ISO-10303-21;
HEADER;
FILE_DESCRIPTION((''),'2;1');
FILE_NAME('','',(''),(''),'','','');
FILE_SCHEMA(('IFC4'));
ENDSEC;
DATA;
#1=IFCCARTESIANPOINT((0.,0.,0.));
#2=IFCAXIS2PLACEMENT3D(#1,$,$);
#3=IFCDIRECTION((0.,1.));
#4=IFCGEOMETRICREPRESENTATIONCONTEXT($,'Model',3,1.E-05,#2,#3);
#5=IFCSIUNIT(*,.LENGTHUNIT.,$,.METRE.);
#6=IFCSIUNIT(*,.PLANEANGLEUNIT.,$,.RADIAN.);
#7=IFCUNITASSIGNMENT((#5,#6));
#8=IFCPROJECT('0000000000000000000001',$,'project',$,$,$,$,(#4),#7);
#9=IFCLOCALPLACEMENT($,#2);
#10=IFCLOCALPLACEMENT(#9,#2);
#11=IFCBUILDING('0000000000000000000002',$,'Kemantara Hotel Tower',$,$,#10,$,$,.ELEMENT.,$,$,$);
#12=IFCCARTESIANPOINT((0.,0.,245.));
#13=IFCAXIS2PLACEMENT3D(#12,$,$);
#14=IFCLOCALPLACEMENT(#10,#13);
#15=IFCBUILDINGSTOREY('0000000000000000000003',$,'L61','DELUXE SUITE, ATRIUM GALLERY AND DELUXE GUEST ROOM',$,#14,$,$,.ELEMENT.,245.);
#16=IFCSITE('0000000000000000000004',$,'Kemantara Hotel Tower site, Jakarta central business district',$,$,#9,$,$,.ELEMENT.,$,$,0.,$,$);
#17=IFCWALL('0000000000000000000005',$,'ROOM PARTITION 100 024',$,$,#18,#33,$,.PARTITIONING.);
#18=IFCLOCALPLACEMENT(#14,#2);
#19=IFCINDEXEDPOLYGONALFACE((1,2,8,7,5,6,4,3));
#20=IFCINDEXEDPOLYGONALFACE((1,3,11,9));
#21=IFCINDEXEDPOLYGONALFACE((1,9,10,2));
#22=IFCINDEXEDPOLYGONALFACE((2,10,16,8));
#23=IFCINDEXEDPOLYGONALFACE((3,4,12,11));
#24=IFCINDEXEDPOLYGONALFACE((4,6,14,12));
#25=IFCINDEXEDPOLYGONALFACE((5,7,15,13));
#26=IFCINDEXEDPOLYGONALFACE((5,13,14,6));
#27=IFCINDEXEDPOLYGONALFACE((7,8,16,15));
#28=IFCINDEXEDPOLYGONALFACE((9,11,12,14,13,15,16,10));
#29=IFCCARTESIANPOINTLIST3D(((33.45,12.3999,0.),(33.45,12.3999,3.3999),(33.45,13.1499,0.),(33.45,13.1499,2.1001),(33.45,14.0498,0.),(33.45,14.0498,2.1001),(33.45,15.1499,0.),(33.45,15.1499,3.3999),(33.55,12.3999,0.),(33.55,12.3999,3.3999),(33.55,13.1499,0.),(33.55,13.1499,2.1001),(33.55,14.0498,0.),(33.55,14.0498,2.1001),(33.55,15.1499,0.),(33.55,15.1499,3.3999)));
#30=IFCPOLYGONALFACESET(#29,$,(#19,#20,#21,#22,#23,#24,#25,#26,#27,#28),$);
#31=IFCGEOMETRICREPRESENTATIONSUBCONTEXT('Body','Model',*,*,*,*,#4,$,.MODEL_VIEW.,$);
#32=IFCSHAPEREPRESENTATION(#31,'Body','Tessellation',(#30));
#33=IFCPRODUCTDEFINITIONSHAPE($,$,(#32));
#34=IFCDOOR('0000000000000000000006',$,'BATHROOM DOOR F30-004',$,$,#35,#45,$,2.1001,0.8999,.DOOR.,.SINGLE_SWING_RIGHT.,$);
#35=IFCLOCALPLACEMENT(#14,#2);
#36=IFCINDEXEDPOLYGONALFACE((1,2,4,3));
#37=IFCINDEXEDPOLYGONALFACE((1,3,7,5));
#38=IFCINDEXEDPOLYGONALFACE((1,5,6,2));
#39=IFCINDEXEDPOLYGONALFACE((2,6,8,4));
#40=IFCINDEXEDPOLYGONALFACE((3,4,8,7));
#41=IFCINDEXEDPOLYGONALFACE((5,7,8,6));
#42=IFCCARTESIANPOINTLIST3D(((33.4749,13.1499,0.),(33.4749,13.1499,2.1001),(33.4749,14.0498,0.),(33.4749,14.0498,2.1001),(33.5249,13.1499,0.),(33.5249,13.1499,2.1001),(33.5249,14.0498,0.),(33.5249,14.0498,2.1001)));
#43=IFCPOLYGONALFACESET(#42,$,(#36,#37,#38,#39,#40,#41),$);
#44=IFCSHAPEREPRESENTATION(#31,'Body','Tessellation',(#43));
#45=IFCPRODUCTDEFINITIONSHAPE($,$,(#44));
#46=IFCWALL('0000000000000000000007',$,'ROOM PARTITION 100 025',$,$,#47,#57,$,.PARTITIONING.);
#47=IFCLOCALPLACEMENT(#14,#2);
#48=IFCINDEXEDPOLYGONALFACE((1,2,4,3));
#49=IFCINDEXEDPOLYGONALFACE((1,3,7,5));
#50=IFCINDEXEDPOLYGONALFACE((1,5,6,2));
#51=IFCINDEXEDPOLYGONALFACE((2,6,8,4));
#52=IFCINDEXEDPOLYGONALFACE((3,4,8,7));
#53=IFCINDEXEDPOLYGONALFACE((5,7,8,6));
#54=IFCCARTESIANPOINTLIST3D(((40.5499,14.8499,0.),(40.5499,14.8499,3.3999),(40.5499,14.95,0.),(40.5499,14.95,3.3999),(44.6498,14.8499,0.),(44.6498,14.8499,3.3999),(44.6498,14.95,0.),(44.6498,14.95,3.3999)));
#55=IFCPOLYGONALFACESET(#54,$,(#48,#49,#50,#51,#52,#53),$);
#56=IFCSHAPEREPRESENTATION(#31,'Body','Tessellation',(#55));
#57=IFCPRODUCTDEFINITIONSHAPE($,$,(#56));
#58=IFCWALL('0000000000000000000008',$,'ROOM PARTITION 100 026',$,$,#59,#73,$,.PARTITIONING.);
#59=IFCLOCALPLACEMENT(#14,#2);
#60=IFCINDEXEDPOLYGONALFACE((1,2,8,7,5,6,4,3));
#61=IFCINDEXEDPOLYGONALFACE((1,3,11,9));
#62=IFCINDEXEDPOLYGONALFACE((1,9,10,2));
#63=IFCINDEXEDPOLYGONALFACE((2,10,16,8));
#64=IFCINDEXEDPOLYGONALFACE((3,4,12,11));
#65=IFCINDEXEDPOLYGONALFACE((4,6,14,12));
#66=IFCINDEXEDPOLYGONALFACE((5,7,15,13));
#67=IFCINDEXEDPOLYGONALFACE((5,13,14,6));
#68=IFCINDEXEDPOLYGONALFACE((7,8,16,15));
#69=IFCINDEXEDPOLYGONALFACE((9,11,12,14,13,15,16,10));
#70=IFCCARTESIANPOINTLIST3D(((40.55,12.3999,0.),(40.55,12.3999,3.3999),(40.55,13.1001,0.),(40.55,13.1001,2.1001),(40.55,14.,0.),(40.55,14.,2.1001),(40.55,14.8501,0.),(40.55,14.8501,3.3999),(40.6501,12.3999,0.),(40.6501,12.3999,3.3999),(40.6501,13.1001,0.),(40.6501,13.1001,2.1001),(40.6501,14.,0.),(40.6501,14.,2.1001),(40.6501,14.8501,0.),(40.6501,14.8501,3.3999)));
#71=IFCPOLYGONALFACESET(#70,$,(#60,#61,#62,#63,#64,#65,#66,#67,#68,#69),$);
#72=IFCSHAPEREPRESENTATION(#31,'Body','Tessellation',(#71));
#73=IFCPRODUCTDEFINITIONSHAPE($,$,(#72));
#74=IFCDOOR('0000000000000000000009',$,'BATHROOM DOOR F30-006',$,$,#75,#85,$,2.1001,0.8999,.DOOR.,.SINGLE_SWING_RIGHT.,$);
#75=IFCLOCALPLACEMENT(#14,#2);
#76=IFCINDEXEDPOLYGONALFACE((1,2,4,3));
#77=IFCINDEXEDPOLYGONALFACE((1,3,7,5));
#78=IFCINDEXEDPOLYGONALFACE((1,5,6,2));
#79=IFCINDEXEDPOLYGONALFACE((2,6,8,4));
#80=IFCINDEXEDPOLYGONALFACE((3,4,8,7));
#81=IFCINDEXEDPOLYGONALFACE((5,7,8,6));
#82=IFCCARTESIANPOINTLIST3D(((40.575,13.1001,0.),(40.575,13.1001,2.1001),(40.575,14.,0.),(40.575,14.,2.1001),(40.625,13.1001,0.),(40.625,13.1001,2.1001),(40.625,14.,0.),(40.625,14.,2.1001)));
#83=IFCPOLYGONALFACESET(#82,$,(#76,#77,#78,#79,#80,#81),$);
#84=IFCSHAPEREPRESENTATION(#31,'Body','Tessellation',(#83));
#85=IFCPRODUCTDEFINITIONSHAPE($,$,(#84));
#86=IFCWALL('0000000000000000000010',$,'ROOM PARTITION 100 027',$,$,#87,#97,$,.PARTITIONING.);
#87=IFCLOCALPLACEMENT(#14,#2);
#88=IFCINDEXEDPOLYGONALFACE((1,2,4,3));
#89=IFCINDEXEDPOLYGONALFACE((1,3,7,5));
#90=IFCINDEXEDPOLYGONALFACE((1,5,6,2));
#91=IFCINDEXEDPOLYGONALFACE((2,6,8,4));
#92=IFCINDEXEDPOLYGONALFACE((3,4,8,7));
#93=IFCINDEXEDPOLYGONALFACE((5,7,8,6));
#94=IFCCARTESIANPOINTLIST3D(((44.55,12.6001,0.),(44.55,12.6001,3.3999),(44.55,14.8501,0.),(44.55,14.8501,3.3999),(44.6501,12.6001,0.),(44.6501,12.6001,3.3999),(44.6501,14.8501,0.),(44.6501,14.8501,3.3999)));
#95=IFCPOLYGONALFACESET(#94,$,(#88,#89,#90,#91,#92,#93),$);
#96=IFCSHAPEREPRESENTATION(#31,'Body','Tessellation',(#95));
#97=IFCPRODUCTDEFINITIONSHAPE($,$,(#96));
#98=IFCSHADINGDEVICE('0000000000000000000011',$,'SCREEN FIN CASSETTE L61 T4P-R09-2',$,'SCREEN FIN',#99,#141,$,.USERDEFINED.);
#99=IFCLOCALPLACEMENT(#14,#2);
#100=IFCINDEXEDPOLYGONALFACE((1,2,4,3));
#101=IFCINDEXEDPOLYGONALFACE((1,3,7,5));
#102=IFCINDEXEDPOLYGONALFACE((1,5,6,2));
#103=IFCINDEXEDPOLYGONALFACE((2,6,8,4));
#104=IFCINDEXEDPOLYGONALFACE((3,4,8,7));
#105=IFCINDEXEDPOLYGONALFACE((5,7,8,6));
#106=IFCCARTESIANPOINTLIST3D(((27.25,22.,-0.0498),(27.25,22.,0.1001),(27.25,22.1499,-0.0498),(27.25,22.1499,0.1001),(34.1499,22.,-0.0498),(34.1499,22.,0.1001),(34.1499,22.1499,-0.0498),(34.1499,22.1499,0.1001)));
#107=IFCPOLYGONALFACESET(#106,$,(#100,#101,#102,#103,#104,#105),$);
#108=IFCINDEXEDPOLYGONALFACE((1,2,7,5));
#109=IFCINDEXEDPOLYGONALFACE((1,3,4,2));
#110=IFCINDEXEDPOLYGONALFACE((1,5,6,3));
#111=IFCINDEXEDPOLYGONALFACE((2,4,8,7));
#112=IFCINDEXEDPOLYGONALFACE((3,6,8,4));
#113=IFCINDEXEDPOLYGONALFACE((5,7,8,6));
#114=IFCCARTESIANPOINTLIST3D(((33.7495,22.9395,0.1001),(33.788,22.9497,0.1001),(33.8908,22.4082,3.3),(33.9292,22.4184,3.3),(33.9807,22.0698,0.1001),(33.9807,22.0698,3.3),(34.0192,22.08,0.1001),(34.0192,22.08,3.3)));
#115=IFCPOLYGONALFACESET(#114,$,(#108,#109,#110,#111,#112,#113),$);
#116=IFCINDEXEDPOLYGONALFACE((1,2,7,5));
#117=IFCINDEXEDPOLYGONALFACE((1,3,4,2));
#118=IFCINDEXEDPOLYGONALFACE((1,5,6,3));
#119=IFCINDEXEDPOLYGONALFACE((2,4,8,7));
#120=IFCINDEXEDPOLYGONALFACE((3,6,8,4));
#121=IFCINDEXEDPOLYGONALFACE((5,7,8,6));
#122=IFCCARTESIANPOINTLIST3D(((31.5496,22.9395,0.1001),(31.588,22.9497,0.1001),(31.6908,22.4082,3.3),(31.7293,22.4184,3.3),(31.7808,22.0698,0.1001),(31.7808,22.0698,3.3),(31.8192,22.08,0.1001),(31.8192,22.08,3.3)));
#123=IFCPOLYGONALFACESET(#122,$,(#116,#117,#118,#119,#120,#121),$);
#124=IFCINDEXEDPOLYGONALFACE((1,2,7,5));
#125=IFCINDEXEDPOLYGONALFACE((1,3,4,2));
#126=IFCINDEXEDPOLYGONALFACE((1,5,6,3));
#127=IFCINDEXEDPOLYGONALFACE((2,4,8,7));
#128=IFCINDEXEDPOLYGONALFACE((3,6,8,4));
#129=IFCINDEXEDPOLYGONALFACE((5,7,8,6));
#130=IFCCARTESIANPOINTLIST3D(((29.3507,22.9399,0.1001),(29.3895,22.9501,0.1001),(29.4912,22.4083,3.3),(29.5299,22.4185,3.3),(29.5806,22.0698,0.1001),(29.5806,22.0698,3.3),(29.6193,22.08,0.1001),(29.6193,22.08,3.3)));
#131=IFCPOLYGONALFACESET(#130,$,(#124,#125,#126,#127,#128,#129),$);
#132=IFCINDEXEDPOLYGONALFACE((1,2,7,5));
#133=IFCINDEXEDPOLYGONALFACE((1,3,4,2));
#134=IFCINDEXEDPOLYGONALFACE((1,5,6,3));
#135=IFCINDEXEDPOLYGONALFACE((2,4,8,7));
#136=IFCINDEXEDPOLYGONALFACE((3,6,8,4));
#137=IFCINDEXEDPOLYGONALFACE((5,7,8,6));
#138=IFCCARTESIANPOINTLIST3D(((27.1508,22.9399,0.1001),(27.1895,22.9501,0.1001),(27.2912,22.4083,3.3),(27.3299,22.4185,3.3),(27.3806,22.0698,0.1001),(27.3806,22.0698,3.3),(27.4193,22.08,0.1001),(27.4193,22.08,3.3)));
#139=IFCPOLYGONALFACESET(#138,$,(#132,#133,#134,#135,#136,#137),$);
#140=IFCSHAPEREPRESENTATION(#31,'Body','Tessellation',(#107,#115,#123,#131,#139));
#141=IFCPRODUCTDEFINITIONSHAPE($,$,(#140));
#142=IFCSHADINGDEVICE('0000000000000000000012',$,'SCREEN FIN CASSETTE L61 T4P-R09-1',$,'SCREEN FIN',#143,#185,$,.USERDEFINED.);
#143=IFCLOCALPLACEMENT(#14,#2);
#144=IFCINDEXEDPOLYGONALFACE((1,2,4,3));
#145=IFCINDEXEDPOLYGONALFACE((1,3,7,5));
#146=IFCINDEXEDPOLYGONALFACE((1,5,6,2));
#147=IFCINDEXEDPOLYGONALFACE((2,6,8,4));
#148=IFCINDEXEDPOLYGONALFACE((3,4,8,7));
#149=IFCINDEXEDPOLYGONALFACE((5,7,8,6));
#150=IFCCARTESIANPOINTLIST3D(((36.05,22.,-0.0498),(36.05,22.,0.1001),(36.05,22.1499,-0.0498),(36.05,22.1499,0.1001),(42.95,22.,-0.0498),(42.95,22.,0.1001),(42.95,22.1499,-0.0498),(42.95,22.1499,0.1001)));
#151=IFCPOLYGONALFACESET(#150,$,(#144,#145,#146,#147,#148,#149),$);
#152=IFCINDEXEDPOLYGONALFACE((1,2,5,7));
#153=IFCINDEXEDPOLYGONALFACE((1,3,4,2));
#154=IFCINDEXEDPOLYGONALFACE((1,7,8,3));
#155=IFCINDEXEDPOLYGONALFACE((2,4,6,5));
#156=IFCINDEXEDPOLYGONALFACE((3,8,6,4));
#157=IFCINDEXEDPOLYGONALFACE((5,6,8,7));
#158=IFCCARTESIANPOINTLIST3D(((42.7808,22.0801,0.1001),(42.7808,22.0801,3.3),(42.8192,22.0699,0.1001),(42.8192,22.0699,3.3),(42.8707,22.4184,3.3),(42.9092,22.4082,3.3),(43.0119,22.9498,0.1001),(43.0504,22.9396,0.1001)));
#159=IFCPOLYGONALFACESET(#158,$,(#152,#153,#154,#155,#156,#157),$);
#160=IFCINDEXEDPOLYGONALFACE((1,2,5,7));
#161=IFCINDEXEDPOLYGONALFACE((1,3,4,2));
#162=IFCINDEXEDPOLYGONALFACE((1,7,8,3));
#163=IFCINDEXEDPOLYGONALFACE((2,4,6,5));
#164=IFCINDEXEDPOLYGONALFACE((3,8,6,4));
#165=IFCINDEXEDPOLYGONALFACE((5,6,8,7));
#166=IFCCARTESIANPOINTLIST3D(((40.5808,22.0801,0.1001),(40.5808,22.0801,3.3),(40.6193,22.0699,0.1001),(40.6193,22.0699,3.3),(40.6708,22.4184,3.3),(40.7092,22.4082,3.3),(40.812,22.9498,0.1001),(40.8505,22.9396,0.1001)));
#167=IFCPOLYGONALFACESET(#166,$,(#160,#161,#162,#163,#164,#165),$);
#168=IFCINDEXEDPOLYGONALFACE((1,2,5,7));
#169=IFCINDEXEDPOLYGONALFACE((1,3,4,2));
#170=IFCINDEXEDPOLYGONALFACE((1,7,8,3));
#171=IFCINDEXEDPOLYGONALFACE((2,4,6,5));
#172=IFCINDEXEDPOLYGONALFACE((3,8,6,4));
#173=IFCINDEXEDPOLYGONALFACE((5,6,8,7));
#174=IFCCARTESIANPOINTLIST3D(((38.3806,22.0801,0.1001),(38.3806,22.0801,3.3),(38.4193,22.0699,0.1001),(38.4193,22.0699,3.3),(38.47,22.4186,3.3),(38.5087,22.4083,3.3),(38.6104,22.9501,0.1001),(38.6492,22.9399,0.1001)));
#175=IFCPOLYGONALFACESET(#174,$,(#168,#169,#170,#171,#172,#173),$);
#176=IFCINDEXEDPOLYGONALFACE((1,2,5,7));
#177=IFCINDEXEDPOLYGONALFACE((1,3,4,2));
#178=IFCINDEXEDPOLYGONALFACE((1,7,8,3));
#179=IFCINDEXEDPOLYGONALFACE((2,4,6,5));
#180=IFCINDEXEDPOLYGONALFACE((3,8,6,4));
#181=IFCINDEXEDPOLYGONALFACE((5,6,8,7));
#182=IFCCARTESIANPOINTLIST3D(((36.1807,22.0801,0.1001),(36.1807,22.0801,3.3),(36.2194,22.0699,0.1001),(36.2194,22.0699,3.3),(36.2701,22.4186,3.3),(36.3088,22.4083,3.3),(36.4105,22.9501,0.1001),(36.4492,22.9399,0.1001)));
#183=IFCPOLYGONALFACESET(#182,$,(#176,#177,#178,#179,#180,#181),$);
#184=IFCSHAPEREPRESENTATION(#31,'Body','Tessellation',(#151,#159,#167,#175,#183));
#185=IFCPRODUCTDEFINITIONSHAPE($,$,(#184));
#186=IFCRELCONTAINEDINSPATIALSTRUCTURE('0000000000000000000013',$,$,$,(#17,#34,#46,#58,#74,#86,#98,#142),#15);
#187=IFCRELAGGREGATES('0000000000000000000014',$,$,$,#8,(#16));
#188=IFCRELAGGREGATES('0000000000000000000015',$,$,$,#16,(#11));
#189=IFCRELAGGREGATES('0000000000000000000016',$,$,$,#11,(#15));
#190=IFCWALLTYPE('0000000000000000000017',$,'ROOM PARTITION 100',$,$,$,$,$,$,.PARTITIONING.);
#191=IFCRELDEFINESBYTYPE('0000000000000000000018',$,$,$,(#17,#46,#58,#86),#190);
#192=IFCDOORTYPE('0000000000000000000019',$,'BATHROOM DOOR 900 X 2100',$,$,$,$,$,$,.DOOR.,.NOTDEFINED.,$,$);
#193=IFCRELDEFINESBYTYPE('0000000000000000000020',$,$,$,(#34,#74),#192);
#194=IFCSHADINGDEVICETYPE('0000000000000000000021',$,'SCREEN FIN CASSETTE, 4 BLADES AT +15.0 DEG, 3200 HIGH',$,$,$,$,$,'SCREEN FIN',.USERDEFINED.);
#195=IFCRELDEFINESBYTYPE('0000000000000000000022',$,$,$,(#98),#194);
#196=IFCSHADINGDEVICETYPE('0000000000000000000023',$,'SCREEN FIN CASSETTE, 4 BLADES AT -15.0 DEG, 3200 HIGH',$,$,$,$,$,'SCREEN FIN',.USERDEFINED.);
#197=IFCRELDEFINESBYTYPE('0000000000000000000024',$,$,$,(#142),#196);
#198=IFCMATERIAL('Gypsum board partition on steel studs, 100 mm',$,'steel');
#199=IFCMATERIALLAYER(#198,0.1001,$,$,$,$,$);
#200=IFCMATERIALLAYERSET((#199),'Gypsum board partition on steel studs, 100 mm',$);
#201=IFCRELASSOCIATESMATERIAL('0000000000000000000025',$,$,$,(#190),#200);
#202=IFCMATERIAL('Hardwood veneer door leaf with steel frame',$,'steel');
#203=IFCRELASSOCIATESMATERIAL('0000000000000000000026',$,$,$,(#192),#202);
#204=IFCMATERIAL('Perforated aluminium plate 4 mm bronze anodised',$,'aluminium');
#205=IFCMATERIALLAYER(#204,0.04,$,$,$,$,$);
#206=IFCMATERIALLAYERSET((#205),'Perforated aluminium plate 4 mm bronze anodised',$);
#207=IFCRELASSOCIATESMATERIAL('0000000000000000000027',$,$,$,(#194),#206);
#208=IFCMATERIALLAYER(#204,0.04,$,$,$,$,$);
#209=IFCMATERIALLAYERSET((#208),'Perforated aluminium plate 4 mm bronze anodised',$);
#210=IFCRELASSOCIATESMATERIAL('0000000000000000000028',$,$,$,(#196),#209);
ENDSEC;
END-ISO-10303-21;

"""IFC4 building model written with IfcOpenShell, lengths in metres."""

from ifc_helpers import new_model, si_unit, direction, frame, frame_2d, origin, origin_2d, place, context, subcontext, project, spatial, polyline, rectangle, outline, extrude, source, transform, mapped, material, layer, layer_set, type_object, element, fill, save


model = new_model("IFC4")

# Units and contexts
model_context = context("Model", 3, precision=1e-05, world=origin(), true_north=direction((0.0, 1.0)))
body_context = subcontext(model_context, "Body", "Model", "MODEL_VIEW")
ifc_project = project(units=[si_unit("LENGTHUNIT", "METRE"), si_unit("PLANEANGLEUNIT", "RADIAN")], contexts=[model_context])

# Site, building, storey
site_placement = place(None, origin())
site = spatial("IfcSite", under=ifc_project, at=site_placement, Name="Kemantara Hotel Tower site, Jakarta central business district", CompositionType="ELEMENT", RefElevation=0.0)
building_placement = place(site_placement, origin())
building = spatial("IfcBuilding", under=site, at=building_placement, Name="Kemantara Hotel Tower", CompositionType="ELEMENT")
storey_placement = place(building_placement, frame((0.0, 0.0, 245.0)))
storey = spatial("IfcBuildingStorey", under=building, at=storey_placement, Name="L61", Description="DELUXE SUITE, ATRIUM GALLERY AND DELUXE GUEST ROOM", CompositionType="ELEMENT", Elevation=245.0)

# Shared definitions
ifc_material_1 = material(Name="Gypsum board partition on steel studs, 100 mm", Category="steel")
ifc_layer_1 = layer(ifc_material_1, 0.1001)
ifc_layer_set_1 = layer_set([ifc_layer_1], Name="Gypsum board partition on steel studs, 100 mm")
wall_type_1 = type_object("IfcWallType", Name="ROOM PARTITION 100", PredefinedType="PARTITIONING", material=ifc_layer_set_1)

# Wall, opening, door
wall_1_placement = place(storey_placement, frame((33.5, 15.1499, 0.0), z_axis=(0.0, 0.0, 1.0), x_axis=(0.0, -1.0, 0.0)))
wall_1 = element("IfcWall", 1, at=wall_1_placement, inside=storey, type_object=wall_type_1, Name="ROOM PARTITION 100 024", PredefinedType="PARTITIONING", context=body_context, shape_type="SweptSolid", body=[
    extrude(rectangle(XDim=2.75, YDim=0.1001, at=frame_2d((1.375, 0.0))), origin(), (0.0, 0.0, 1.0), 3.3999),
])
opening_1_placement = place(wall_1_placement, frame((1.1001, 0.0, 0.0)))
opening_1 = element("IfcOpeningElement", 2, at=opening_1_placement, cuts=wall_1, PredefinedType="OPENING", context=body_context, shape_type="SweptSolid", body=[
    extrude(rectangle(XDim=0.8999, YDim=2.1001, at=frame_2d((0.45, 1.05))), frame((0.0, 0.0601, 0.0), z_axis=(0.0, -1.0, 0.0), x_axis=(1.0, 0.0, 0.0)), (0.0, 0.0, 1.0), 0.1201),
])
ifc_material_2 = material(Name="Hardwood veneer door leaf with steel frame", Category="steel")
door_type = type_object("IfcDoorType", Name="BATHROOM DOOR 900 X 2100", OperationType="NOTDEFINED", PredefinedType="DOOR", material=ifc_material_2)
door_1_placement = place(opening_1_placement, origin())
door_1 = element("IfcDoor", 3, at=door_1_placement, inside=storey, type_object=door_type, Name="BATHROOM DOOR F30-004", OperationType="SINGLE_SWING_RIGHT", OverallHeight=2.1001, OverallWidth=0.8999, PredefinedType="DOOR", context=body_context, shape_type="SweptSolid", body=[
    extrude(rectangle(XDim=0.8999, YDim=2.1001, at=frame_2d((0.45, 1.05))), frame((0.0, 0.0249, 0.0), z_axis=(0.0, -1.0, 0.0), x_axis=(1.0, 0.0, 0.0)), (0.0, 0.0, 1.0), 0.05),
])
fill(opening_1, door_1)

# Wall
wall_2_placement = place(storey_placement, frame((40.55, 14.8999, 0.0), z_axis=(0.0, 0.0, 1.0), x_axis=(1.0, 0.0, 0.0)))
element("IfcWall", 4, at=wall_2_placement, inside=storey, type_object=wall_type_1, Name="ROOM PARTITION 100 025", PredefinedType="PARTITIONING", context=body_context, shape_type="SweptSolid", body=[
    extrude(rectangle(XDim=4.0999, YDim=0.1001, at=frame_2d((2.0498, 0.0))), origin(), (0.0, 0.0, 1.0), 3.3999),
])

# Wall, opening, door
wall_3_placement = place(storey_placement, frame((40.6001, 14.8501, 0.0), z_axis=(0.0, 0.0, 1.0), x_axis=(0.0, -1.0, 0.0)))
wall_3 = element("IfcWall", 5, at=wall_3_placement, inside=storey, type_object=wall_type_1, Name="ROOM PARTITION 100 026", PredefinedType="PARTITIONING", context=body_context, shape_type="SweptSolid", body=[
    extrude(rectangle(XDim=2.4502, YDim=0.1001, at=frame_2d((1.2251, 0.0))), origin(), (0.0, 0.0, 1.0), 3.3999),
])
opening_2_placement = place(wall_3_placement, frame((0.8501, 0.0, 0.0)))
opening_2 = element("IfcOpeningElement", 6, at=opening_2_placement, cuts=wall_3, PredefinedType="OPENING", context=body_context, shape_type="SweptSolid", body=[
    extrude(rectangle(XDim=0.8999, YDim=2.1001, at=frame_2d((0.45, 1.05))), frame((0.0, 0.0601, 0.0), z_axis=(0.0, -1.0, 0.0), x_axis=(1.0, 0.0, 0.0)), (0.0, 0.0, 1.0), 0.1201),
])
door_2_placement = place(opening_2_placement, origin())
door_2 = element("IfcDoor", 7, at=door_2_placement, inside=storey, type_object=door_type, Name="BATHROOM DOOR F30-006", OperationType="SINGLE_SWING_RIGHT", OverallHeight=2.1001, OverallWidth=0.8999, PredefinedType="DOOR", context=body_context, shape_type="SweptSolid", body=[
    extrude(rectangle(XDim=0.8999, YDim=2.1001, at=frame_2d((0.45, 1.05))), frame((0.0, 0.0249, 0.0), z_axis=(0.0, -1.0, 0.0), x_axis=(1.0, 0.0, 0.0)), (0.0, 0.0, 1.0), 0.05),
])
fill(opening_2, door_2)

# Wall
wall_4_placement = place(storey_placement, frame((44.6001, 12.6001, 0.0), z_axis=(0.0, 0.0, 1.0), x_axis=(0.0, 1.0, 0.0)))
element("IfcWall", 8, at=wall_4_placement, inside=storey, type_object=wall_type_1, Name="ROOM PARTITION 100 027", PredefinedType="PARTITIONING", context=body_context, shape_type="SweptSolid", body=[
    extrude(rectangle(XDim=2.25, YDim=0.1001, at=frame_2d((1.125, 0.0))), origin(), (0.0, 0.0, 1.0), 3.3999),
])

# Shading devices
ifc_material_3 = material(Name="Perforated aluminium plate 4 mm bronze anodised", Category="aluminium")
ifc_layer_2 = layer(ifc_material_3, 0.04)
ifc_layer_set_2 = layer_set([ifc_layer_2], Name="Perforated aluminium plate 4 mm bronze anodised")
shading_device_type_1 = type_object("IfcShadingDeviceType", Name="SCREEN FIN CASSETTE, 4 BLADES AT +15.0 DEG, 3200 HIGH", ElementType="SCREEN FIN", PredefinedType="USERDEFINED", material=ifc_layer_set_2)
shared_shape_1 = source(origin(), body_context, "Body", "SweptSolid", [
    extrude(rectangle(XDim=6.8999, YDim=0.1499, at=origin_2d()), frame((3.3, -0.075, -0.1499), z_axis=(0.0, 0.0, 1.0), x_axis=(1.0, 0.0, 0.0)), (0.0, 0.0, 1.0), 0.1499),
    extrude(outline(polyline([(0.0, 0.0), (0.8999, 0.0), (0.3501, 3.2), (0.0, 3.2), (0.0, 0.0)])), frame((0.0193, -0.0698, 0.0), z_axis=(-0.966438, -0.256901, 0.0), x_axis=(0.256901, -0.966438, 0.0)), (0.0, 0.0, 1.0), 0.0398),
    extrude(outline(polyline([(0.0, 0.0), (0.8999, 0.0), (0.3501, 3.2), (0.0, 3.2), (0.0, 0.0)])), frame((2.2192, -0.0698, 0.0), z_axis=(-0.966438, -0.256901, 0.0), x_axis=(0.256901, -0.966438, 0.0)), (0.0, 0.0, 1.0), 0.0398),
    extrude(outline(polyline([(0.0, 0.0), (0.8999, 0.0), (0.3501, 3.2), (0.0, 3.2), (0.0, 0.0)])), frame((4.4194, -0.0698, 0.0), z_axis=(-0.966838, -0.255391, 0.0), x_axis=(0.255391, -0.966838, 0.0)), (0.0, 0.0, 1.0), 0.04),
    extrude(outline(polyline([(0.0, 0.0), (0.8999, 0.0), (0.3501, 3.2), (0.0, 3.2), (0.0, 0.0)])), frame((6.6194, -0.0698, 0.0), z_axis=(-0.966838, -0.255391, 0.0), x_axis=(0.255391, -0.966838, 0.0)), (0.0, 0.0, 1.0), 0.04),
])
shading_device_1_placement = place(storey_placement, frame((34.0, 22.0, 0.1001), z_axis=(0.0, 0.0, 1.0), x_axis=(-1.0, 0.0, 0.0)))
element("IfcShadingDevice", 9, at=shading_device_1_placement, inside=storey, type_object=shading_device_type_1, Name="SCREEN FIN CASSETTE L61 T4P-R09-2", ObjectType="SCREEN FIN", PredefinedType="USERDEFINED", context=body_context, shape_type="MappedRepresentation", body=[
    mapped(shared_shape_1, transform((0.0, 0.0, 0.0))),
])
ifc_layer_3 = layer(ifc_material_3, 0.04)
ifc_layer_set_3 = layer_set([ifc_layer_3], Name="Perforated aluminium plate 4 mm bronze anodised")
shading_device_type_2 = type_object("IfcShadingDeviceType", Name="SCREEN FIN CASSETTE, 4 BLADES AT -15.0 DEG, 3200 HIGH", ElementType="SCREEN FIN", PredefinedType="USERDEFINED", material=ifc_layer_set_3)
shared_shape_2 = source(origin(), body_context, "Body", "SweptSolid", [
    extrude(rectangle(XDim=6.8999, YDim=0.1499, at=origin_2d()), frame((3.3, -0.075, -0.1499), z_axis=(0.0, 0.0, 1.0), x_axis=(1.0, 0.0, 0.0)), (0.0, 0.0, 1.0), 0.1499),
    extrude(outline(polyline([(0.0, 0.0), (0.8999, 0.0), (0.3501, 3.2), (0.0, 3.2), (0.0, 0.0)])), frame((0.0193, -0.0801, 0.0), z_axis=(-0.966438, 0.256901, 0.0), x_axis=(-0.256901, -0.966438, 0.0)), (0.0, 0.0, 1.0), 0.0398),
    extrude(outline(polyline([(0.0, 0.0), (0.8999, 0.0), (0.3501, 3.2), (0.0, 3.2), (0.0, 0.0)])), frame((2.2192, -0.0801, 0.0), z_axis=(-0.966438, 0.256901, 0.0), x_axis=(-0.256901, -0.966438, 0.0)), (0.0, 0.0, 1.0), 0.0398),
    extrude(outline(polyline([(0.0, 0.0), (0.8999, 0.0), (0.3501, 3.2), (0.0, 3.2), (0.0, 0.0)])), frame((4.4194, -0.0801, 0.0), z_axis=(-0.966838, 0.255391, 0.0), x_axis=(-0.255391, -0.966838, 0.0)), (0.0, 0.0, 1.0), 0.04),
    extrude(outline(polyline([(0.0, 0.0), (0.8999, 0.0), (0.3501, 3.2), (0.0, 3.2), (0.0, 0.0)])), frame((6.6194, -0.0801, 0.0), z_axis=(-0.966838, 0.255391, 0.0), x_axis=(-0.255391, -0.966838, 0.0)), (0.0, 0.0, 1.0), 0.04),
])
shading_device_2_placement = place(storey_placement, frame((42.8, 22.0, 0.1001), z_axis=(0.0, 0.0, 1.0), x_axis=(-1.0, 0.0, 0.0)))
element("IfcShadingDevice", 10, at=shading_device_2_placement, inside=storey, type_object=shading_device_type_2, Name="SCREEN FIN CASSETTE L61 T4P-R09-1", ObjectType="SCREEN FIN", PredefinedType="USERDEFINED", context=body_context, shape_type="MappedRepresentation", body=[
    mapped(shared_shape_2, transform((0.0, 0.0, 0.0))),
])

save(model, "model.ifc")
